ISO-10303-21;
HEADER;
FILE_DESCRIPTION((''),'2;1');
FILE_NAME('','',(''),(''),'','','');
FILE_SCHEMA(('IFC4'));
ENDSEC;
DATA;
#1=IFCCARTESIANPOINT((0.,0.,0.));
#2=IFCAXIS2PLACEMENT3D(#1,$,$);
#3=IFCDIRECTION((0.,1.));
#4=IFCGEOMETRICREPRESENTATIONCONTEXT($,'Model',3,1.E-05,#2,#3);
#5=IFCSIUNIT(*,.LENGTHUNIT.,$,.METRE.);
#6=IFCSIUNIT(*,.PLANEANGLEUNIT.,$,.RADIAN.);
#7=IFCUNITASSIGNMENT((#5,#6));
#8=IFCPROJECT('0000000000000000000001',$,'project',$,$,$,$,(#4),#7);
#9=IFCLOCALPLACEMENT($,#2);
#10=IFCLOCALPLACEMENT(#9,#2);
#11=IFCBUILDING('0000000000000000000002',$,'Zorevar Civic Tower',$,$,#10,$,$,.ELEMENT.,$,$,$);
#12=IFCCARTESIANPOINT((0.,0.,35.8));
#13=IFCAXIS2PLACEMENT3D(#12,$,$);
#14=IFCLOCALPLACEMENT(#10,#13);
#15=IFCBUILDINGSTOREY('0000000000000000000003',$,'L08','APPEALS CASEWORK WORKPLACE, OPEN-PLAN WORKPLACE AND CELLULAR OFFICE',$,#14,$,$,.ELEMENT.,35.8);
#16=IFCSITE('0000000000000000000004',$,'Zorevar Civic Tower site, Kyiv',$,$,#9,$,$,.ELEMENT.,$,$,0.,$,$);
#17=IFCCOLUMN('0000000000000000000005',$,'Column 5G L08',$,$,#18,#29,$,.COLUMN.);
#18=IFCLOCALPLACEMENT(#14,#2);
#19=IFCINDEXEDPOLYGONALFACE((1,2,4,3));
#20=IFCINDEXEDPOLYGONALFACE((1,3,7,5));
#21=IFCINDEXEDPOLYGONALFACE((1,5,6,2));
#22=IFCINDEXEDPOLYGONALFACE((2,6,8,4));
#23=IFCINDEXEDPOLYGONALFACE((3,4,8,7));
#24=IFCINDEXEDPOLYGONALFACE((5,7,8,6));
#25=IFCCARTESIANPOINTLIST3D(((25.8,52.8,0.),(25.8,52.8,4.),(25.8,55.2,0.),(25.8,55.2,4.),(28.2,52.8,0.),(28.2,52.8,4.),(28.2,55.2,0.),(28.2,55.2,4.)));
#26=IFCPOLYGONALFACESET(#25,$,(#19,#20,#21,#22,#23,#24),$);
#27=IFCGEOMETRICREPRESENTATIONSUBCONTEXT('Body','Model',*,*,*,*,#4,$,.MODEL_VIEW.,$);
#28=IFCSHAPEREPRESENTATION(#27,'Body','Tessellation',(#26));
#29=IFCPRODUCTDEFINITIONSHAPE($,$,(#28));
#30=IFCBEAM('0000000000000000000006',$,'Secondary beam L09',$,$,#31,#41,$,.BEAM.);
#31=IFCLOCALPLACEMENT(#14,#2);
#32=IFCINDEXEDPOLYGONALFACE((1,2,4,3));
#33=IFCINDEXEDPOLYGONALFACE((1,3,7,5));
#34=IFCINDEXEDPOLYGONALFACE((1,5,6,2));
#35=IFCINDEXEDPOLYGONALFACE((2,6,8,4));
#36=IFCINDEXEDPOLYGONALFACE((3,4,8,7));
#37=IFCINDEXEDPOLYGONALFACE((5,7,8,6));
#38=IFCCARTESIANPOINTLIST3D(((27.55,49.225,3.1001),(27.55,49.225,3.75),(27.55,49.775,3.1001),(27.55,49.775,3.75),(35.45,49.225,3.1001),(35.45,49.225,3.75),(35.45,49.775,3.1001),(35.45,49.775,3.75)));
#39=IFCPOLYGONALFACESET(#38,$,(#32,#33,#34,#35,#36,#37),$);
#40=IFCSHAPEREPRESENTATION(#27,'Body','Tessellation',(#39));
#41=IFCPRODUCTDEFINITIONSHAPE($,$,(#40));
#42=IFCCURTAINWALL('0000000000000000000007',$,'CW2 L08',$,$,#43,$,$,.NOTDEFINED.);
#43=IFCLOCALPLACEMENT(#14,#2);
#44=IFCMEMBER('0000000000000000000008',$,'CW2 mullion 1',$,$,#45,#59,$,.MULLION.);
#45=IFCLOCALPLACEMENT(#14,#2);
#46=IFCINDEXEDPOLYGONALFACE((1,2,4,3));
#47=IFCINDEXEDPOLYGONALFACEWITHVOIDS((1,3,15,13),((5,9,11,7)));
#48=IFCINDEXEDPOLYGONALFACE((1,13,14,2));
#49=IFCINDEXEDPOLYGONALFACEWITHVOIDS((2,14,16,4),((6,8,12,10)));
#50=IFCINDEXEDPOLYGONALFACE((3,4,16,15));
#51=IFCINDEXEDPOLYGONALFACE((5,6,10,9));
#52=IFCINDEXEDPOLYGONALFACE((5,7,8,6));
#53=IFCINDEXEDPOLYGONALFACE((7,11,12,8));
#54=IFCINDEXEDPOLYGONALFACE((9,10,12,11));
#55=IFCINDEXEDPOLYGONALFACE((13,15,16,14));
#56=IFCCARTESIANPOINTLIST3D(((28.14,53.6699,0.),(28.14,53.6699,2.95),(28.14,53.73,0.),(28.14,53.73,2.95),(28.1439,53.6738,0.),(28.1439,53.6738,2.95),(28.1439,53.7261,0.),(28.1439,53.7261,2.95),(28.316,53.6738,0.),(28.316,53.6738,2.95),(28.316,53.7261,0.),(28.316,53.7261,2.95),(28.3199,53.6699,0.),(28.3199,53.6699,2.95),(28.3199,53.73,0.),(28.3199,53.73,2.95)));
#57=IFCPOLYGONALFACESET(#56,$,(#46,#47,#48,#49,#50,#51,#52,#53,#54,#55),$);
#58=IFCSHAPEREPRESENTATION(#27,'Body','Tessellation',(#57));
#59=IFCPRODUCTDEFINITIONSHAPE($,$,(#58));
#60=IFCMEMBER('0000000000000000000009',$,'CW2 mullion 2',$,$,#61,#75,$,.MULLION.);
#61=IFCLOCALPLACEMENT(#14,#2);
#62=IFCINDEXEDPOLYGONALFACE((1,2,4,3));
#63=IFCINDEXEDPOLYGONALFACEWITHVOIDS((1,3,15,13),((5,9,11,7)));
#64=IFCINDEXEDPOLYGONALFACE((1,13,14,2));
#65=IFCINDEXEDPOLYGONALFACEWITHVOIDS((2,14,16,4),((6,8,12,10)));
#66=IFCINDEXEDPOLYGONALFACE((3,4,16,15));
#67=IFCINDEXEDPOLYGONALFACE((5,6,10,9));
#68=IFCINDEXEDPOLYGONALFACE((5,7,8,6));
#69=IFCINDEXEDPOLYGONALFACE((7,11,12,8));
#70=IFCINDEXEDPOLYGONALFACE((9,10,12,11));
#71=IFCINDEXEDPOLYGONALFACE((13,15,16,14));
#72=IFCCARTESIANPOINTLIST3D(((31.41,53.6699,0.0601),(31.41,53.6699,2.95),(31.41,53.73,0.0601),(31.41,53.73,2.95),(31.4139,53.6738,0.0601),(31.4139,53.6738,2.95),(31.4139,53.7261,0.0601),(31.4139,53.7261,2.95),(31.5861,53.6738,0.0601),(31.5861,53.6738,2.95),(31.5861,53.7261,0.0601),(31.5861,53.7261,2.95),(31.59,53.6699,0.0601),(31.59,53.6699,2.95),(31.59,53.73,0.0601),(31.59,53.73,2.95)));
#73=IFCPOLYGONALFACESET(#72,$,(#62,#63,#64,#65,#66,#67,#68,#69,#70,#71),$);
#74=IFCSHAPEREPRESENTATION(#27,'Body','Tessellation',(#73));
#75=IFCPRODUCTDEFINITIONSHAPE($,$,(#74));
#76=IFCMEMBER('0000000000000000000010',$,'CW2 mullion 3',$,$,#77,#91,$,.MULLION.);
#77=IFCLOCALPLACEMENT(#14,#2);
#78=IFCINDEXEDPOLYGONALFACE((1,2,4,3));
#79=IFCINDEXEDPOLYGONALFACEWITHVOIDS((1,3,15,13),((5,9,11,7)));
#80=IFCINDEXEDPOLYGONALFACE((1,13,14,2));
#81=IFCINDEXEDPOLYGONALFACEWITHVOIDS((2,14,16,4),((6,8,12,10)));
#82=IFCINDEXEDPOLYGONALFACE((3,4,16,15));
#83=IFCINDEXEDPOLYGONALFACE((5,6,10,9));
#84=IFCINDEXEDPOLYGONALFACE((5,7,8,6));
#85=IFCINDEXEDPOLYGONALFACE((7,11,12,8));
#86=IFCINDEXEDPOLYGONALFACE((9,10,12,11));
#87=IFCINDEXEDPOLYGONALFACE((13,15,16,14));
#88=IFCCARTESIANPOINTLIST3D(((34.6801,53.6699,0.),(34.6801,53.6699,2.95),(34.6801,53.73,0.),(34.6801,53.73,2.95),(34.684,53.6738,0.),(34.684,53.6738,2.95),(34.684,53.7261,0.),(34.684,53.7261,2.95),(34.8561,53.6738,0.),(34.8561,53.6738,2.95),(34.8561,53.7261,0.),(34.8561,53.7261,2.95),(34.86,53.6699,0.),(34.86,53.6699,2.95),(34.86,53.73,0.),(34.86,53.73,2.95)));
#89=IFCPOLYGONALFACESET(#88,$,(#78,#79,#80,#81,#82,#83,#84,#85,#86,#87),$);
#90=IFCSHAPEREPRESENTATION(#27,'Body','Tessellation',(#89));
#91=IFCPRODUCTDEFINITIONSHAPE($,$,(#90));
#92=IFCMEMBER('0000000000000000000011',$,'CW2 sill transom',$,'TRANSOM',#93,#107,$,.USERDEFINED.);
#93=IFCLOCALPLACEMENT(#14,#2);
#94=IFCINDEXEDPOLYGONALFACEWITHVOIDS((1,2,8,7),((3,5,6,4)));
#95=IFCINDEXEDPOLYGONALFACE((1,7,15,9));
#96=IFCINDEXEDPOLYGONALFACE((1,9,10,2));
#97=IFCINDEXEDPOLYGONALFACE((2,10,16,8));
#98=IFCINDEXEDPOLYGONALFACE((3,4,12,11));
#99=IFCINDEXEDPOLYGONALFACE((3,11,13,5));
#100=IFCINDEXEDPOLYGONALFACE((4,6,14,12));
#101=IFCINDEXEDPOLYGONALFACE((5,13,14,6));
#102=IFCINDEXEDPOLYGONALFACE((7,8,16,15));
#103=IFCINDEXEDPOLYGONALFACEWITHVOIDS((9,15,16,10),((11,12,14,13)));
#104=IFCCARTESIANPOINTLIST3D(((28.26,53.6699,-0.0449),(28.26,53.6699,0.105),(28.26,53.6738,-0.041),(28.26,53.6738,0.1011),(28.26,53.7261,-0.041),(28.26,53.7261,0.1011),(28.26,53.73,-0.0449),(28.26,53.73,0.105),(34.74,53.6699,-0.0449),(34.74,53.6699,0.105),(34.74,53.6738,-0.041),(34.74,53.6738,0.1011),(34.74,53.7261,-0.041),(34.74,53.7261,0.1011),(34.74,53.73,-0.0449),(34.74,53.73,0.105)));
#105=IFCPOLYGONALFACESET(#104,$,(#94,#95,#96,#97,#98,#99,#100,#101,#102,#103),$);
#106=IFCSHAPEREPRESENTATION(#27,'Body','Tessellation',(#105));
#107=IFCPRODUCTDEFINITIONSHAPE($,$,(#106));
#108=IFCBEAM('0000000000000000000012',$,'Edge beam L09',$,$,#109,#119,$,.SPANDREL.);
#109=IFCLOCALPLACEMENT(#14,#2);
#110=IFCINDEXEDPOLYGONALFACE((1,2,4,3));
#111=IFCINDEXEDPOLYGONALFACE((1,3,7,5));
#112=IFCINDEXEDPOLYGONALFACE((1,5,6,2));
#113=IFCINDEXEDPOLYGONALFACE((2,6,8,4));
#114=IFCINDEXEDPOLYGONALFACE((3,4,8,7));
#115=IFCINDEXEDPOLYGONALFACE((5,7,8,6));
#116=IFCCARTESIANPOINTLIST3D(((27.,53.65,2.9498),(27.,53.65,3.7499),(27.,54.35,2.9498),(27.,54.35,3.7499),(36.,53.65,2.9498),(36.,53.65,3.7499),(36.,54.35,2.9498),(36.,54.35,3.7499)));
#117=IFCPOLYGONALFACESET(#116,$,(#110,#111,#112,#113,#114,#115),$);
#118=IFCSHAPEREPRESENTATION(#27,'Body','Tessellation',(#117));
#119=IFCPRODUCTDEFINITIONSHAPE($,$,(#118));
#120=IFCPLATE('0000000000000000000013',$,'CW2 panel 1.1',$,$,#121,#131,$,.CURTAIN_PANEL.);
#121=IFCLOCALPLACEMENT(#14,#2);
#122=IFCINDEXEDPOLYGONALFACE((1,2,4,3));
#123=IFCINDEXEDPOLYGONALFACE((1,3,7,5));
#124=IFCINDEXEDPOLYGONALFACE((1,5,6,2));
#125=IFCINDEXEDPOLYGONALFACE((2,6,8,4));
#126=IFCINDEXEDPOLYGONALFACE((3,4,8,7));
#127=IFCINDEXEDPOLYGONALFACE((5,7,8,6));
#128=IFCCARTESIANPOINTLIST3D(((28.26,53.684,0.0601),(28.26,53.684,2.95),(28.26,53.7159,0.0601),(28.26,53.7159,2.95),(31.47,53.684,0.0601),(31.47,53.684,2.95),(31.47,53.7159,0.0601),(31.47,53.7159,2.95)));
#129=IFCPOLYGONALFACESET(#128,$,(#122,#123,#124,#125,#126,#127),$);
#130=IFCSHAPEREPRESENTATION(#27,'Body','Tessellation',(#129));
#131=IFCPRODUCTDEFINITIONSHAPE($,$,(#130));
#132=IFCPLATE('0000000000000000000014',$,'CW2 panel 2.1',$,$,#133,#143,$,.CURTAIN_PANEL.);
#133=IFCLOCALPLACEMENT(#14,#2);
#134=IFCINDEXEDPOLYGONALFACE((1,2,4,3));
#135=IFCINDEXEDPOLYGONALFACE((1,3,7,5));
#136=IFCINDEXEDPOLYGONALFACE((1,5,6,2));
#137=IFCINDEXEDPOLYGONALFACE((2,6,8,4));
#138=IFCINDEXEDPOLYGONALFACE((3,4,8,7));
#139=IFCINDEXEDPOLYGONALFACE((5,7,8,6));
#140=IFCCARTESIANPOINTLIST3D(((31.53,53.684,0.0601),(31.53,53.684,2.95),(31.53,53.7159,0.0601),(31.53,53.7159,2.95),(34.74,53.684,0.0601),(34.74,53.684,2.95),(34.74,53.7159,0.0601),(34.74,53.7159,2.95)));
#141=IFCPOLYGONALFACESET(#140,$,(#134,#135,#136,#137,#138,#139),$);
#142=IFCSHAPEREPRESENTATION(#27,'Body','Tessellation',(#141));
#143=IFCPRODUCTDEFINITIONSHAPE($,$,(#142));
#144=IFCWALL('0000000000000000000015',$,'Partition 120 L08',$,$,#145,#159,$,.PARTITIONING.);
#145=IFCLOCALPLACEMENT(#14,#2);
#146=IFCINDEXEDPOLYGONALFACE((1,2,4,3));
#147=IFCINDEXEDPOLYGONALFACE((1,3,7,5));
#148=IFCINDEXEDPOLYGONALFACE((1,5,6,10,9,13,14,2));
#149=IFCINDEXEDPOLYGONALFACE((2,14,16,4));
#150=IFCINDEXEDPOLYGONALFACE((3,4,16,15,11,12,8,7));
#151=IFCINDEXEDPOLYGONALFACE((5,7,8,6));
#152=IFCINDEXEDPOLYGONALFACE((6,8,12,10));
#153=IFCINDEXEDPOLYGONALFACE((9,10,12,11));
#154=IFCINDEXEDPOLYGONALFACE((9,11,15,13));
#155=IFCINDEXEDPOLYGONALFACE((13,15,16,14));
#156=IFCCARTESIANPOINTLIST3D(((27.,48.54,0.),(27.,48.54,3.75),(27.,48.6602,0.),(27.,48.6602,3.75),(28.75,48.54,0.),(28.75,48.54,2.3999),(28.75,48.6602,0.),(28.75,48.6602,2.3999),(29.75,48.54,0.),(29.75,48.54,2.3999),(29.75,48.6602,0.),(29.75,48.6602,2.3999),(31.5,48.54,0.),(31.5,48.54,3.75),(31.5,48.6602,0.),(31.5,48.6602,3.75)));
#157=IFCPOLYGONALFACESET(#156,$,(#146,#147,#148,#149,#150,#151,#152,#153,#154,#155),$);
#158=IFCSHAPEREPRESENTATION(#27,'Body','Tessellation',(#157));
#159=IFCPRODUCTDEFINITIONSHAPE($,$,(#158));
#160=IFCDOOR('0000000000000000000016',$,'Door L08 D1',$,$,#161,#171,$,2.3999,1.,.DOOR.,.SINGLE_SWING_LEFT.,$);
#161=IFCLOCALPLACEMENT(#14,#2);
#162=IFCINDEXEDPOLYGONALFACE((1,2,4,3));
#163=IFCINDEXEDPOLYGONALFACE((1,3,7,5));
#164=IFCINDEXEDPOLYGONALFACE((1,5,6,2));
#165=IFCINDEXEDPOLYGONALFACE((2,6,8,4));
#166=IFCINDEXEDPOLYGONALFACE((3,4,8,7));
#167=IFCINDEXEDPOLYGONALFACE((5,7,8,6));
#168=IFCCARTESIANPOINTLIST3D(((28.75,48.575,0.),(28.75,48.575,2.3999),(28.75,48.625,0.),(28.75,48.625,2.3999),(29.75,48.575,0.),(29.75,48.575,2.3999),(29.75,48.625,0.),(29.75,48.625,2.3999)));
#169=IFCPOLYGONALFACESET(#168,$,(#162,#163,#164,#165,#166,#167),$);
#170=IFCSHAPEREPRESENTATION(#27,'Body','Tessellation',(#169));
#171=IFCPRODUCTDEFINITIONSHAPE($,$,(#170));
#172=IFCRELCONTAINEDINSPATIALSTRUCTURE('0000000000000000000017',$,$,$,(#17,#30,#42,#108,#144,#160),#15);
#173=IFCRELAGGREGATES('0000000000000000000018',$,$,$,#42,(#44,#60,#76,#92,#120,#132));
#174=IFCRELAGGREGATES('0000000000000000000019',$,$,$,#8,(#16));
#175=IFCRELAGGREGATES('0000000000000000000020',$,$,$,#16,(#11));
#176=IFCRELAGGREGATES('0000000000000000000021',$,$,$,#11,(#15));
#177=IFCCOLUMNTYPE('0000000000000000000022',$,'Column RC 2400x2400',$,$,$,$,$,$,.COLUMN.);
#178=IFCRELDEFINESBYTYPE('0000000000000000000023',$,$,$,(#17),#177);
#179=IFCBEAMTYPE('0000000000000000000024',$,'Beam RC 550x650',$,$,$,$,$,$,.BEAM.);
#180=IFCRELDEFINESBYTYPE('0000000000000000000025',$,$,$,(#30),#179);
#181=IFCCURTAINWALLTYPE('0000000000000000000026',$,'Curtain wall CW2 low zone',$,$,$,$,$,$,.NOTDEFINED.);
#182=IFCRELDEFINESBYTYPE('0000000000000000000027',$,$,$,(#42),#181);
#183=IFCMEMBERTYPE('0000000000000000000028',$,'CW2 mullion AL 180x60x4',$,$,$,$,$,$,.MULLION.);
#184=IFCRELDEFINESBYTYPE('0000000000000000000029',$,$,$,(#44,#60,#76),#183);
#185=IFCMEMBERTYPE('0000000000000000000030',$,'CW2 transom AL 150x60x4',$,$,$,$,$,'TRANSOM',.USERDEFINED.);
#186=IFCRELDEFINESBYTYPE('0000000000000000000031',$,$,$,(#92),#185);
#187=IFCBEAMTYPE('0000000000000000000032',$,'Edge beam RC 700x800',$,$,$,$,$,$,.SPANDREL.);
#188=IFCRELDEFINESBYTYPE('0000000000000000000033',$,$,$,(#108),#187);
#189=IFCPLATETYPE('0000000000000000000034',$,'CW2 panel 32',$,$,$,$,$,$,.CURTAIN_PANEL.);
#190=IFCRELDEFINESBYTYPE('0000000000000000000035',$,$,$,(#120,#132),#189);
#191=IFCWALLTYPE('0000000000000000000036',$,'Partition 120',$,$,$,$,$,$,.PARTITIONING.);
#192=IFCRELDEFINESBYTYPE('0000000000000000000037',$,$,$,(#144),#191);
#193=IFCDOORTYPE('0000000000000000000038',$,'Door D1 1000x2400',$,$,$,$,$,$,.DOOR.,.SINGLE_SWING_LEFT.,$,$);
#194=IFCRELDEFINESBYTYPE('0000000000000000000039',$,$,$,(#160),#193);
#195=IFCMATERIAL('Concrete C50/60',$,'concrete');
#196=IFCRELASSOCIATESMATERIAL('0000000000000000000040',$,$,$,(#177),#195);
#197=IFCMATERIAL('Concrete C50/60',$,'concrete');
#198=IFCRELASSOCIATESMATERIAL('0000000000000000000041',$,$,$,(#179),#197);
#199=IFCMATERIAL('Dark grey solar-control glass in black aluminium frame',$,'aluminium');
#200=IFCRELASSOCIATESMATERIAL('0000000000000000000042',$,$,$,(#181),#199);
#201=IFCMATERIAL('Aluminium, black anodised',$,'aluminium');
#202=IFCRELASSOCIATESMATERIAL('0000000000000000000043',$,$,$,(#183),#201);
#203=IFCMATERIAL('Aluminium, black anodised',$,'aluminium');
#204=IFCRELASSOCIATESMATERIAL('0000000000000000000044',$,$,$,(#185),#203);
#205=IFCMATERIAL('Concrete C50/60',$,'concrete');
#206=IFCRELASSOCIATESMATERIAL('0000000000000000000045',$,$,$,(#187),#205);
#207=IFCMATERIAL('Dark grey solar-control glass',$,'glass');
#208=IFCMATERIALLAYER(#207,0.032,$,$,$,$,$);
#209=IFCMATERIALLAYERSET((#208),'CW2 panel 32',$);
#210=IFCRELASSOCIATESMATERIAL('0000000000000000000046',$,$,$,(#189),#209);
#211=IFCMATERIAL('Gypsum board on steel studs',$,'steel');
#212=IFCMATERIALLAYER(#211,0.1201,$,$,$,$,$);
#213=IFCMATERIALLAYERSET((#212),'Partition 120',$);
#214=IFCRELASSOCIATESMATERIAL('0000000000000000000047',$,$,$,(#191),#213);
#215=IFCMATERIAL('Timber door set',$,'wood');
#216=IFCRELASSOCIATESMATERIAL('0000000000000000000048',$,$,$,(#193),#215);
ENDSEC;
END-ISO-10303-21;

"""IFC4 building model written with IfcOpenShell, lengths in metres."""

from ifc_helpers import new_model, si_unit, direction, frame, frame_2d, origin, origin_2d, place, context, subcontext, project, spatial, rectangle, hollow_rectangle, extrude, material, layer, layer_set, material_profile, profile_set, type_object, element, fill, aggregate, save


model = new_model("IFC4")

# Units and contexts
model_context = context("Model", 3, precision=1e-05, world=origin(), true_north=direction((0.0, 1.0)))
body_context = subcontext(model_context, "Body", "Model", "MODEL_VIEW")
ifc_project = project(units=[si_unit("LENGTHUNIT", "METRE"), si_unit("PLANEANGLEUNIT", "RADIAN")], contexts=[model_context])

# Site, building, storey
site_placement = place(None, origin())
site = spatial("IfcSite", under=ifc_project, at=site_placement, Name="Zorevar Civic Tower site, Kyiv", CompositionType="ELEMENT", RefElevation=0.0)
building_placement = place(site_placement, origin())
building = spatial("IfcBuilding", under=site, at=building_placement, Name="Zorevar Civic Tower", CompositionType="ELEMENT")
storey_placement = place(building_placement, frame((0.0, 0.0, 35.8)))
storey = spatial("IfcBuildingStorey", under=building, at=storey_placement, Name="L08", Description="APPEALS CASEWORK WORKPLACE, OPEN-PLAN WORKPLACE AND CELLULAR OFFICE", CompositionType="ELEMENT", Elevation=35.8)

# Column
ifc_material_1 = material(Name="Concrete C50/60", Category="concrete")
ifc_material_profile_1 = material_profile(ifc_material_1, rectangle(XDim=2.3999, YDim=2.3999, at=origin_2d()), Name="RC 2400x2400")
ifc_profile_set_1 = profile_set([ifc_material_profile_1], Name="Concrete C50/60")
column_type = type_object("IfcColumnType", Name="Column RC 2400x2400", PredefinedType="COLUMN", material=ifc_profile_set_1)
column_placement = place(storey_placement, frame((27.0, 54.0, 0.0), z_axis=(0.0, 0.0, 1.0), x_axis=(1.0, 0.0, 0.0)))
element("IfcColumn", 1, at=column_placement, inside=storey, type_object=column_type, Name="Column 5G L08", PredefinedType="COLUMN", context=body_context, shape_type="SweptSolid", body=[
    extrude(rectangle(XDim=2.3999, YDim=2.3999, at=origin_2d()), origin(), (0.0, 0.0, 1.0), 4.0),
])

# Beam
ifc_material_2 = material(Name="Concrete C50/60", Category="concrete")
ifc_material_profile_2 = material_profile(ifc_material_2, rectangle(XDim=0.55, YDim=0.6499, at=origin_2d()), Name="RC 550x650")
ifc_profile_set_2 = profile_set([ifc_material_profile_2], Name="Concrete C50/60")
beam_type_1 = type_object("IfcBeamType", Name="Beam RC 550x650", PredefinedType="BEAM", material=ifc_profile_set_2)
beam_1_placement = place(storey_placement, frame((27.55, 49.5, 3.425), z_axis=(1.0, 0.0, 0.0), x_axis=(0.0, 1.0, 0.0)))
element("IfcBeam", 2, at=beam_1_placement, inside=storey, type_object=beam_type_1, Name="Secondary beam L09", PredefinedType="BEAM", context=body_context, shape_type="SweptSolid", body=[
    extrude(rectangle(XDim=0.55, YDim=0.6499, at=origin_2d()), origin(), (0.0, 0.0, 1.0), 7.8999),
])

# Curtain wall, members
ifc_material_3 = material(Name="Dark grey solar-control glass in black aluminium frame", Category="aluminium")
curtain_wall_type = type_object("IfcCurtainWallType", Name="Curtain wall CW2 low zone", PredefinedType="NOTDEFINED", material=ifc_material_3)
curtain_wall_placement = place(storey_placement, origin())
curtain_wall = element("IfcCurtainWall", 3, at=curtain_wall_placement, inside=storey, type_object=curtain_wall_type, Name="CW2 L08", PredefinedType="NOTDEFINED")
ifc_material_4 = material(Name="Aluminium, black anodised", Category="aluminium")
ifc_material_profile_3 = material_profile(ifc_material_4, hollow_rectangle(XDim=0.0601, YDim=0.1799, WallThickness=0.0039, at=origin_2d()), Name="AL 180x60x4")
ifc_profile_set_3 = profile_set([ifc_material_profile_3], Name="Aluminium, black anodised")
member_type_1 = type_object("IfcMemberType", Name="CW2 mullion AL 180x60x4", PredefinedType="MULLION", material=ifc_profile_set_3)
member_1_placement = place(storey_placement, frame((28.23, 53.7, 0.0), z_axis=(0.0, 0.0, 1.0), x_axis=(0.0, 1.0, 0.0)))
member_1 = element("IfcMember", 4, at=member_1_placement, type_object=member_type_1, Name="CW2 mullion 1", PredefinedType="MULLION", context=body_context, shape_type="SweptSolid", body=[
    extrude(hollow_rectangle(XDim=0.0601, YDim=0.1799, WallThickness=0.0039, at=origin_2d()), origin(), (0.0, 0.0, 1.0), 2.95),
])
member_2_placement = place(storey_placement, frame((31.5, 53.7, 0.0601), z_axis=(0.0, 0.0, 1.0), x_axis=(0.0, 1.0, 0.0)))
member_2 = element("IfcMember", 5, at=member_2_placement, type_object=member_type_1, Name="CW2 mullion 2", PredefinedType="MULLION", context=body_context, shape_type="SweptSolid", body=[
    extrude(hollow_rectangle(XDim=0.0601, YDim=0.1799, WallThickness=0.0039, at=origin_2d()), origin(), (0.0, 0.0, 1.0), 2.8899),
])
member_3_placement = place(storey_placement, frame((34.77, 53.7, 0.0), z_axis=(0.0, 0.0, 1.0), x_axis=(0.0, 1.0, 0.0)))
member_3 = element("IfcMember", 6, at=member_3_placement, type_object=member_type_1, Name="CW2 mullion 3", PredefinedType="MULLION", context=body_context, shape_type="SweptSolid", body=[
    extrude(hollow_rectangle(XDim=0.0601, YDim=0.1799, WallThickness=0.0039, at=origin_2d()), origin(), (0.0, 0.0, 1.0), 2.95),
])
ifc_material_5 = material(Name="Aluminium, black anodised", Category="aluminium")
ifc_material_profile_4 = material_profile(ifc_material_5, hollow_rectangle(XDim=0.0601, YDim=0.1499, WallThickness=0.0039, at=origin_2d()), Name="AL 150x60x4")
ifc_profile_set_4 = profile_set([ifc_material_profile_4], Name="Aluminium, black anodised")
member_type_2 = type_object("IfcMemberType", Name="CW2 transom AL 150x60x4", ElementType="TRANSOM", PredefinedType="USERDEFINED", material=ifc_profile_set_4)
member_4_placement = place(storey_placement, frame((28.26, 53.7, 0.03), z_axis=(1.0, 0.0, 0.0), x_axis=(0.0, 1.0, 0.0)))
member_4 = element("IfcMember", 7, at=member_4_placement, type_object=member_type_2, Name="CW2 sill transom", ObjectType="TRANSOM", PredefinedType="USERDEFINED", context=body_context, shape_type="SweptSolid", body=[
    extrude(hollow_rectangle(XDim=0.0601, YDim=0.1499, WallThickness=0.0039, at=origin_2d()), origin(), (0.0, 0.0, 1.0), 6.48),
])

# Beam
ifc_material_6 = material(Name="Concrete C50/60", Category="concrete")
ifc_material_profile_5 = material_profile(ifc_material_6, rectangle(XDim=0.7, YDim=0.8, at=origin_2d()), Name="RC 700x800")
ifc_profile_set_5 = profile_set([ifc_material_profile_5], Name="Concrete C50/60")
beam_type_2 = type_object("IfcBeamType", Name="Edge beam RC 700x800", PredefinedType="SPANDREL", material=ifc_profile_set_5)
beam_2_placement = place(storey_placement, frame((27.0, 54.0, 3.3499), z_axis=(1.0, 0.0, 0.0), x_axis=(0.0, 1.0, 0.0)))
element("IfcBeam", 8, at=beam_2_placement, inside=storey, type_object=beam_type_2, Name="Edge beam L09", PredefinedType="SPANDREL", context=body_context, shape_type="SweptSolid", body=[
    extrude(rectangle(XDim=0.7, YDim=0.8, at=origin_2d()), origin(), (0.0, 0.0, 1.0), 9.0),
])

# Plates
ifc_material_7 = material(Name="Dark grey solar-control glass", Category="glass")
ifc_layer_1 = layer(ifc_material_7, 0.032)
ifc_layer_set_1 = layer_set([ifc_layer_1], Name="CW2 panel 32")
plate_type = type_object("IfcPlateType", Name="CW2 panel 32", PredefinedType="CURTAIN_PANEL", material=ifc_layer_set_1)
plate_1_placement = place(storey_placement, frame((29.865, 53.7, 0.0601), z_axis=(0.0, 0.0, 1.0), x_axis=(1.0, 0.0, 0.0)))
plate_1 = element("IfcPlate", 9, at=plate_1_placement, type_object=plate_type, Name="CW2 panel 1.1", PredefinedType="CURTAIN_PANEL", context=body_context, shape_type="SweptSolid", body=[
    extrude(rectangle(XDim=3.21, YDim=0.032, at=origin_2d()), origin(), (0.0, 0.0, 1.0), 2.8899),
])
plate_2_placement = place(storey_placement, frame((33.135, 53.7, 0.0601), z_axis=(0.0, 0.0, 1.0), x_axis=(1.0, 0.0, 0.0)))
plate_2 = element("IfcPlate", 10, at=plate_2_placement, type_object=plate_type, Name="CW2 panel 2.1", PredefinedType="CURTAIN_PANEL", context=body_context, shape_type="SweptSolid", body=[
    extrude(rectangle(XDim=3.21, YDim=0.032, at=origin_2d()), origin(), (0.0, 0.0, 1.0), 2.8899),
])
aggregate(curtain_wall, [member_1, member_2, member_3, member_4, plate_1, plate_2])

# Wall, opening, door
ifc_material_8 = material(Name="Gypsum board on steel studs", Category="steel")
ifc_layer_2 = layer(ifc_material_8, 0.1201)
ifc_layer_set_2 = layer_set([ifc_layer_2], Name="Partition 120")
wall_type = type_object("IfcWallType", Name="Partition 120", PredefinedType="PARTITIONING", material=ifc_layer_set_2)
wall_1_placement = place(storey_placement, frame((27.0, 48.6001, 0.0), z_axis=(0.0, 0.0, 1.0), x_axis=(1.0, 0.0, 0.0)))
wall_1 = element("IfcWall", 11, at=wall_1_placement, inside=storey, type_object=wall_type, Name="Partition 120 L08", PredefinedType="PARTITIONING", context=body_context, shape_type="SweptSolid", body=[
    extrude(rectangle(XDim=4.5, YDim=0.1201, at=frame_2d((2.25, 0.0))), origin(), (0.0, 0.0, 1.0), 3.75),
])
opening_1_placement = place(wall_1_placement, frame((1.75, 0.0, 0.0)))
opening_1 = element("IfcOpeningElement", 12, at=opening_1_placement, cuts=wall_1, PredefinedType="OPENING", context=body_context, shape_type="SweptSolid", body=[
    extrude(rectangle(XDim=1.0, YDim=2.3999, at=frame_2d((0.5, 1.2))), frame((0.0, 0.0701, 0.0), z_axis=(0.0, -1.0, 0.0), x_axis=(1.0, 0.0, 0.0)), (0.0, 0.0, 1.0), 0.1401),
])
ifc_material_9 = material(Name="Timber door set", Category="wood")
door_type = type_object("IfcDoorType", Name="Door D1 1000x2400", OperationType="SINGLE_SWING_LEFT", PredefinedType="DOOR", material=ifc_material_9)
door_1_placement = place(opening_1_placement, origin())
door_1 = element("IfcDoor", 13, at=door_1_placement, inside=storey, type_object=door_type, Name="Door L08 D1", OperationType="SINGLE_SWING_LEFT", OverallHeight=2.3999, OverallWidth=1.0, PredefinedType="DOOR", context=body_context, shape_type="SweptSolid", body=[
    extrude(rectangle(XDim=1.0, YDim=2.3999, at=frame_2d((0.5, 1.2))), frame((0.0, 0.0249, 0.0), z_axis=(0.0, -1.0, 0.0), x_axis=(1.0, 0.0, 0.0)), (0.0, 0.0, 1.0), 0.05),
])
fill(opening_1, door_1)

save(model, "model.ifc")
